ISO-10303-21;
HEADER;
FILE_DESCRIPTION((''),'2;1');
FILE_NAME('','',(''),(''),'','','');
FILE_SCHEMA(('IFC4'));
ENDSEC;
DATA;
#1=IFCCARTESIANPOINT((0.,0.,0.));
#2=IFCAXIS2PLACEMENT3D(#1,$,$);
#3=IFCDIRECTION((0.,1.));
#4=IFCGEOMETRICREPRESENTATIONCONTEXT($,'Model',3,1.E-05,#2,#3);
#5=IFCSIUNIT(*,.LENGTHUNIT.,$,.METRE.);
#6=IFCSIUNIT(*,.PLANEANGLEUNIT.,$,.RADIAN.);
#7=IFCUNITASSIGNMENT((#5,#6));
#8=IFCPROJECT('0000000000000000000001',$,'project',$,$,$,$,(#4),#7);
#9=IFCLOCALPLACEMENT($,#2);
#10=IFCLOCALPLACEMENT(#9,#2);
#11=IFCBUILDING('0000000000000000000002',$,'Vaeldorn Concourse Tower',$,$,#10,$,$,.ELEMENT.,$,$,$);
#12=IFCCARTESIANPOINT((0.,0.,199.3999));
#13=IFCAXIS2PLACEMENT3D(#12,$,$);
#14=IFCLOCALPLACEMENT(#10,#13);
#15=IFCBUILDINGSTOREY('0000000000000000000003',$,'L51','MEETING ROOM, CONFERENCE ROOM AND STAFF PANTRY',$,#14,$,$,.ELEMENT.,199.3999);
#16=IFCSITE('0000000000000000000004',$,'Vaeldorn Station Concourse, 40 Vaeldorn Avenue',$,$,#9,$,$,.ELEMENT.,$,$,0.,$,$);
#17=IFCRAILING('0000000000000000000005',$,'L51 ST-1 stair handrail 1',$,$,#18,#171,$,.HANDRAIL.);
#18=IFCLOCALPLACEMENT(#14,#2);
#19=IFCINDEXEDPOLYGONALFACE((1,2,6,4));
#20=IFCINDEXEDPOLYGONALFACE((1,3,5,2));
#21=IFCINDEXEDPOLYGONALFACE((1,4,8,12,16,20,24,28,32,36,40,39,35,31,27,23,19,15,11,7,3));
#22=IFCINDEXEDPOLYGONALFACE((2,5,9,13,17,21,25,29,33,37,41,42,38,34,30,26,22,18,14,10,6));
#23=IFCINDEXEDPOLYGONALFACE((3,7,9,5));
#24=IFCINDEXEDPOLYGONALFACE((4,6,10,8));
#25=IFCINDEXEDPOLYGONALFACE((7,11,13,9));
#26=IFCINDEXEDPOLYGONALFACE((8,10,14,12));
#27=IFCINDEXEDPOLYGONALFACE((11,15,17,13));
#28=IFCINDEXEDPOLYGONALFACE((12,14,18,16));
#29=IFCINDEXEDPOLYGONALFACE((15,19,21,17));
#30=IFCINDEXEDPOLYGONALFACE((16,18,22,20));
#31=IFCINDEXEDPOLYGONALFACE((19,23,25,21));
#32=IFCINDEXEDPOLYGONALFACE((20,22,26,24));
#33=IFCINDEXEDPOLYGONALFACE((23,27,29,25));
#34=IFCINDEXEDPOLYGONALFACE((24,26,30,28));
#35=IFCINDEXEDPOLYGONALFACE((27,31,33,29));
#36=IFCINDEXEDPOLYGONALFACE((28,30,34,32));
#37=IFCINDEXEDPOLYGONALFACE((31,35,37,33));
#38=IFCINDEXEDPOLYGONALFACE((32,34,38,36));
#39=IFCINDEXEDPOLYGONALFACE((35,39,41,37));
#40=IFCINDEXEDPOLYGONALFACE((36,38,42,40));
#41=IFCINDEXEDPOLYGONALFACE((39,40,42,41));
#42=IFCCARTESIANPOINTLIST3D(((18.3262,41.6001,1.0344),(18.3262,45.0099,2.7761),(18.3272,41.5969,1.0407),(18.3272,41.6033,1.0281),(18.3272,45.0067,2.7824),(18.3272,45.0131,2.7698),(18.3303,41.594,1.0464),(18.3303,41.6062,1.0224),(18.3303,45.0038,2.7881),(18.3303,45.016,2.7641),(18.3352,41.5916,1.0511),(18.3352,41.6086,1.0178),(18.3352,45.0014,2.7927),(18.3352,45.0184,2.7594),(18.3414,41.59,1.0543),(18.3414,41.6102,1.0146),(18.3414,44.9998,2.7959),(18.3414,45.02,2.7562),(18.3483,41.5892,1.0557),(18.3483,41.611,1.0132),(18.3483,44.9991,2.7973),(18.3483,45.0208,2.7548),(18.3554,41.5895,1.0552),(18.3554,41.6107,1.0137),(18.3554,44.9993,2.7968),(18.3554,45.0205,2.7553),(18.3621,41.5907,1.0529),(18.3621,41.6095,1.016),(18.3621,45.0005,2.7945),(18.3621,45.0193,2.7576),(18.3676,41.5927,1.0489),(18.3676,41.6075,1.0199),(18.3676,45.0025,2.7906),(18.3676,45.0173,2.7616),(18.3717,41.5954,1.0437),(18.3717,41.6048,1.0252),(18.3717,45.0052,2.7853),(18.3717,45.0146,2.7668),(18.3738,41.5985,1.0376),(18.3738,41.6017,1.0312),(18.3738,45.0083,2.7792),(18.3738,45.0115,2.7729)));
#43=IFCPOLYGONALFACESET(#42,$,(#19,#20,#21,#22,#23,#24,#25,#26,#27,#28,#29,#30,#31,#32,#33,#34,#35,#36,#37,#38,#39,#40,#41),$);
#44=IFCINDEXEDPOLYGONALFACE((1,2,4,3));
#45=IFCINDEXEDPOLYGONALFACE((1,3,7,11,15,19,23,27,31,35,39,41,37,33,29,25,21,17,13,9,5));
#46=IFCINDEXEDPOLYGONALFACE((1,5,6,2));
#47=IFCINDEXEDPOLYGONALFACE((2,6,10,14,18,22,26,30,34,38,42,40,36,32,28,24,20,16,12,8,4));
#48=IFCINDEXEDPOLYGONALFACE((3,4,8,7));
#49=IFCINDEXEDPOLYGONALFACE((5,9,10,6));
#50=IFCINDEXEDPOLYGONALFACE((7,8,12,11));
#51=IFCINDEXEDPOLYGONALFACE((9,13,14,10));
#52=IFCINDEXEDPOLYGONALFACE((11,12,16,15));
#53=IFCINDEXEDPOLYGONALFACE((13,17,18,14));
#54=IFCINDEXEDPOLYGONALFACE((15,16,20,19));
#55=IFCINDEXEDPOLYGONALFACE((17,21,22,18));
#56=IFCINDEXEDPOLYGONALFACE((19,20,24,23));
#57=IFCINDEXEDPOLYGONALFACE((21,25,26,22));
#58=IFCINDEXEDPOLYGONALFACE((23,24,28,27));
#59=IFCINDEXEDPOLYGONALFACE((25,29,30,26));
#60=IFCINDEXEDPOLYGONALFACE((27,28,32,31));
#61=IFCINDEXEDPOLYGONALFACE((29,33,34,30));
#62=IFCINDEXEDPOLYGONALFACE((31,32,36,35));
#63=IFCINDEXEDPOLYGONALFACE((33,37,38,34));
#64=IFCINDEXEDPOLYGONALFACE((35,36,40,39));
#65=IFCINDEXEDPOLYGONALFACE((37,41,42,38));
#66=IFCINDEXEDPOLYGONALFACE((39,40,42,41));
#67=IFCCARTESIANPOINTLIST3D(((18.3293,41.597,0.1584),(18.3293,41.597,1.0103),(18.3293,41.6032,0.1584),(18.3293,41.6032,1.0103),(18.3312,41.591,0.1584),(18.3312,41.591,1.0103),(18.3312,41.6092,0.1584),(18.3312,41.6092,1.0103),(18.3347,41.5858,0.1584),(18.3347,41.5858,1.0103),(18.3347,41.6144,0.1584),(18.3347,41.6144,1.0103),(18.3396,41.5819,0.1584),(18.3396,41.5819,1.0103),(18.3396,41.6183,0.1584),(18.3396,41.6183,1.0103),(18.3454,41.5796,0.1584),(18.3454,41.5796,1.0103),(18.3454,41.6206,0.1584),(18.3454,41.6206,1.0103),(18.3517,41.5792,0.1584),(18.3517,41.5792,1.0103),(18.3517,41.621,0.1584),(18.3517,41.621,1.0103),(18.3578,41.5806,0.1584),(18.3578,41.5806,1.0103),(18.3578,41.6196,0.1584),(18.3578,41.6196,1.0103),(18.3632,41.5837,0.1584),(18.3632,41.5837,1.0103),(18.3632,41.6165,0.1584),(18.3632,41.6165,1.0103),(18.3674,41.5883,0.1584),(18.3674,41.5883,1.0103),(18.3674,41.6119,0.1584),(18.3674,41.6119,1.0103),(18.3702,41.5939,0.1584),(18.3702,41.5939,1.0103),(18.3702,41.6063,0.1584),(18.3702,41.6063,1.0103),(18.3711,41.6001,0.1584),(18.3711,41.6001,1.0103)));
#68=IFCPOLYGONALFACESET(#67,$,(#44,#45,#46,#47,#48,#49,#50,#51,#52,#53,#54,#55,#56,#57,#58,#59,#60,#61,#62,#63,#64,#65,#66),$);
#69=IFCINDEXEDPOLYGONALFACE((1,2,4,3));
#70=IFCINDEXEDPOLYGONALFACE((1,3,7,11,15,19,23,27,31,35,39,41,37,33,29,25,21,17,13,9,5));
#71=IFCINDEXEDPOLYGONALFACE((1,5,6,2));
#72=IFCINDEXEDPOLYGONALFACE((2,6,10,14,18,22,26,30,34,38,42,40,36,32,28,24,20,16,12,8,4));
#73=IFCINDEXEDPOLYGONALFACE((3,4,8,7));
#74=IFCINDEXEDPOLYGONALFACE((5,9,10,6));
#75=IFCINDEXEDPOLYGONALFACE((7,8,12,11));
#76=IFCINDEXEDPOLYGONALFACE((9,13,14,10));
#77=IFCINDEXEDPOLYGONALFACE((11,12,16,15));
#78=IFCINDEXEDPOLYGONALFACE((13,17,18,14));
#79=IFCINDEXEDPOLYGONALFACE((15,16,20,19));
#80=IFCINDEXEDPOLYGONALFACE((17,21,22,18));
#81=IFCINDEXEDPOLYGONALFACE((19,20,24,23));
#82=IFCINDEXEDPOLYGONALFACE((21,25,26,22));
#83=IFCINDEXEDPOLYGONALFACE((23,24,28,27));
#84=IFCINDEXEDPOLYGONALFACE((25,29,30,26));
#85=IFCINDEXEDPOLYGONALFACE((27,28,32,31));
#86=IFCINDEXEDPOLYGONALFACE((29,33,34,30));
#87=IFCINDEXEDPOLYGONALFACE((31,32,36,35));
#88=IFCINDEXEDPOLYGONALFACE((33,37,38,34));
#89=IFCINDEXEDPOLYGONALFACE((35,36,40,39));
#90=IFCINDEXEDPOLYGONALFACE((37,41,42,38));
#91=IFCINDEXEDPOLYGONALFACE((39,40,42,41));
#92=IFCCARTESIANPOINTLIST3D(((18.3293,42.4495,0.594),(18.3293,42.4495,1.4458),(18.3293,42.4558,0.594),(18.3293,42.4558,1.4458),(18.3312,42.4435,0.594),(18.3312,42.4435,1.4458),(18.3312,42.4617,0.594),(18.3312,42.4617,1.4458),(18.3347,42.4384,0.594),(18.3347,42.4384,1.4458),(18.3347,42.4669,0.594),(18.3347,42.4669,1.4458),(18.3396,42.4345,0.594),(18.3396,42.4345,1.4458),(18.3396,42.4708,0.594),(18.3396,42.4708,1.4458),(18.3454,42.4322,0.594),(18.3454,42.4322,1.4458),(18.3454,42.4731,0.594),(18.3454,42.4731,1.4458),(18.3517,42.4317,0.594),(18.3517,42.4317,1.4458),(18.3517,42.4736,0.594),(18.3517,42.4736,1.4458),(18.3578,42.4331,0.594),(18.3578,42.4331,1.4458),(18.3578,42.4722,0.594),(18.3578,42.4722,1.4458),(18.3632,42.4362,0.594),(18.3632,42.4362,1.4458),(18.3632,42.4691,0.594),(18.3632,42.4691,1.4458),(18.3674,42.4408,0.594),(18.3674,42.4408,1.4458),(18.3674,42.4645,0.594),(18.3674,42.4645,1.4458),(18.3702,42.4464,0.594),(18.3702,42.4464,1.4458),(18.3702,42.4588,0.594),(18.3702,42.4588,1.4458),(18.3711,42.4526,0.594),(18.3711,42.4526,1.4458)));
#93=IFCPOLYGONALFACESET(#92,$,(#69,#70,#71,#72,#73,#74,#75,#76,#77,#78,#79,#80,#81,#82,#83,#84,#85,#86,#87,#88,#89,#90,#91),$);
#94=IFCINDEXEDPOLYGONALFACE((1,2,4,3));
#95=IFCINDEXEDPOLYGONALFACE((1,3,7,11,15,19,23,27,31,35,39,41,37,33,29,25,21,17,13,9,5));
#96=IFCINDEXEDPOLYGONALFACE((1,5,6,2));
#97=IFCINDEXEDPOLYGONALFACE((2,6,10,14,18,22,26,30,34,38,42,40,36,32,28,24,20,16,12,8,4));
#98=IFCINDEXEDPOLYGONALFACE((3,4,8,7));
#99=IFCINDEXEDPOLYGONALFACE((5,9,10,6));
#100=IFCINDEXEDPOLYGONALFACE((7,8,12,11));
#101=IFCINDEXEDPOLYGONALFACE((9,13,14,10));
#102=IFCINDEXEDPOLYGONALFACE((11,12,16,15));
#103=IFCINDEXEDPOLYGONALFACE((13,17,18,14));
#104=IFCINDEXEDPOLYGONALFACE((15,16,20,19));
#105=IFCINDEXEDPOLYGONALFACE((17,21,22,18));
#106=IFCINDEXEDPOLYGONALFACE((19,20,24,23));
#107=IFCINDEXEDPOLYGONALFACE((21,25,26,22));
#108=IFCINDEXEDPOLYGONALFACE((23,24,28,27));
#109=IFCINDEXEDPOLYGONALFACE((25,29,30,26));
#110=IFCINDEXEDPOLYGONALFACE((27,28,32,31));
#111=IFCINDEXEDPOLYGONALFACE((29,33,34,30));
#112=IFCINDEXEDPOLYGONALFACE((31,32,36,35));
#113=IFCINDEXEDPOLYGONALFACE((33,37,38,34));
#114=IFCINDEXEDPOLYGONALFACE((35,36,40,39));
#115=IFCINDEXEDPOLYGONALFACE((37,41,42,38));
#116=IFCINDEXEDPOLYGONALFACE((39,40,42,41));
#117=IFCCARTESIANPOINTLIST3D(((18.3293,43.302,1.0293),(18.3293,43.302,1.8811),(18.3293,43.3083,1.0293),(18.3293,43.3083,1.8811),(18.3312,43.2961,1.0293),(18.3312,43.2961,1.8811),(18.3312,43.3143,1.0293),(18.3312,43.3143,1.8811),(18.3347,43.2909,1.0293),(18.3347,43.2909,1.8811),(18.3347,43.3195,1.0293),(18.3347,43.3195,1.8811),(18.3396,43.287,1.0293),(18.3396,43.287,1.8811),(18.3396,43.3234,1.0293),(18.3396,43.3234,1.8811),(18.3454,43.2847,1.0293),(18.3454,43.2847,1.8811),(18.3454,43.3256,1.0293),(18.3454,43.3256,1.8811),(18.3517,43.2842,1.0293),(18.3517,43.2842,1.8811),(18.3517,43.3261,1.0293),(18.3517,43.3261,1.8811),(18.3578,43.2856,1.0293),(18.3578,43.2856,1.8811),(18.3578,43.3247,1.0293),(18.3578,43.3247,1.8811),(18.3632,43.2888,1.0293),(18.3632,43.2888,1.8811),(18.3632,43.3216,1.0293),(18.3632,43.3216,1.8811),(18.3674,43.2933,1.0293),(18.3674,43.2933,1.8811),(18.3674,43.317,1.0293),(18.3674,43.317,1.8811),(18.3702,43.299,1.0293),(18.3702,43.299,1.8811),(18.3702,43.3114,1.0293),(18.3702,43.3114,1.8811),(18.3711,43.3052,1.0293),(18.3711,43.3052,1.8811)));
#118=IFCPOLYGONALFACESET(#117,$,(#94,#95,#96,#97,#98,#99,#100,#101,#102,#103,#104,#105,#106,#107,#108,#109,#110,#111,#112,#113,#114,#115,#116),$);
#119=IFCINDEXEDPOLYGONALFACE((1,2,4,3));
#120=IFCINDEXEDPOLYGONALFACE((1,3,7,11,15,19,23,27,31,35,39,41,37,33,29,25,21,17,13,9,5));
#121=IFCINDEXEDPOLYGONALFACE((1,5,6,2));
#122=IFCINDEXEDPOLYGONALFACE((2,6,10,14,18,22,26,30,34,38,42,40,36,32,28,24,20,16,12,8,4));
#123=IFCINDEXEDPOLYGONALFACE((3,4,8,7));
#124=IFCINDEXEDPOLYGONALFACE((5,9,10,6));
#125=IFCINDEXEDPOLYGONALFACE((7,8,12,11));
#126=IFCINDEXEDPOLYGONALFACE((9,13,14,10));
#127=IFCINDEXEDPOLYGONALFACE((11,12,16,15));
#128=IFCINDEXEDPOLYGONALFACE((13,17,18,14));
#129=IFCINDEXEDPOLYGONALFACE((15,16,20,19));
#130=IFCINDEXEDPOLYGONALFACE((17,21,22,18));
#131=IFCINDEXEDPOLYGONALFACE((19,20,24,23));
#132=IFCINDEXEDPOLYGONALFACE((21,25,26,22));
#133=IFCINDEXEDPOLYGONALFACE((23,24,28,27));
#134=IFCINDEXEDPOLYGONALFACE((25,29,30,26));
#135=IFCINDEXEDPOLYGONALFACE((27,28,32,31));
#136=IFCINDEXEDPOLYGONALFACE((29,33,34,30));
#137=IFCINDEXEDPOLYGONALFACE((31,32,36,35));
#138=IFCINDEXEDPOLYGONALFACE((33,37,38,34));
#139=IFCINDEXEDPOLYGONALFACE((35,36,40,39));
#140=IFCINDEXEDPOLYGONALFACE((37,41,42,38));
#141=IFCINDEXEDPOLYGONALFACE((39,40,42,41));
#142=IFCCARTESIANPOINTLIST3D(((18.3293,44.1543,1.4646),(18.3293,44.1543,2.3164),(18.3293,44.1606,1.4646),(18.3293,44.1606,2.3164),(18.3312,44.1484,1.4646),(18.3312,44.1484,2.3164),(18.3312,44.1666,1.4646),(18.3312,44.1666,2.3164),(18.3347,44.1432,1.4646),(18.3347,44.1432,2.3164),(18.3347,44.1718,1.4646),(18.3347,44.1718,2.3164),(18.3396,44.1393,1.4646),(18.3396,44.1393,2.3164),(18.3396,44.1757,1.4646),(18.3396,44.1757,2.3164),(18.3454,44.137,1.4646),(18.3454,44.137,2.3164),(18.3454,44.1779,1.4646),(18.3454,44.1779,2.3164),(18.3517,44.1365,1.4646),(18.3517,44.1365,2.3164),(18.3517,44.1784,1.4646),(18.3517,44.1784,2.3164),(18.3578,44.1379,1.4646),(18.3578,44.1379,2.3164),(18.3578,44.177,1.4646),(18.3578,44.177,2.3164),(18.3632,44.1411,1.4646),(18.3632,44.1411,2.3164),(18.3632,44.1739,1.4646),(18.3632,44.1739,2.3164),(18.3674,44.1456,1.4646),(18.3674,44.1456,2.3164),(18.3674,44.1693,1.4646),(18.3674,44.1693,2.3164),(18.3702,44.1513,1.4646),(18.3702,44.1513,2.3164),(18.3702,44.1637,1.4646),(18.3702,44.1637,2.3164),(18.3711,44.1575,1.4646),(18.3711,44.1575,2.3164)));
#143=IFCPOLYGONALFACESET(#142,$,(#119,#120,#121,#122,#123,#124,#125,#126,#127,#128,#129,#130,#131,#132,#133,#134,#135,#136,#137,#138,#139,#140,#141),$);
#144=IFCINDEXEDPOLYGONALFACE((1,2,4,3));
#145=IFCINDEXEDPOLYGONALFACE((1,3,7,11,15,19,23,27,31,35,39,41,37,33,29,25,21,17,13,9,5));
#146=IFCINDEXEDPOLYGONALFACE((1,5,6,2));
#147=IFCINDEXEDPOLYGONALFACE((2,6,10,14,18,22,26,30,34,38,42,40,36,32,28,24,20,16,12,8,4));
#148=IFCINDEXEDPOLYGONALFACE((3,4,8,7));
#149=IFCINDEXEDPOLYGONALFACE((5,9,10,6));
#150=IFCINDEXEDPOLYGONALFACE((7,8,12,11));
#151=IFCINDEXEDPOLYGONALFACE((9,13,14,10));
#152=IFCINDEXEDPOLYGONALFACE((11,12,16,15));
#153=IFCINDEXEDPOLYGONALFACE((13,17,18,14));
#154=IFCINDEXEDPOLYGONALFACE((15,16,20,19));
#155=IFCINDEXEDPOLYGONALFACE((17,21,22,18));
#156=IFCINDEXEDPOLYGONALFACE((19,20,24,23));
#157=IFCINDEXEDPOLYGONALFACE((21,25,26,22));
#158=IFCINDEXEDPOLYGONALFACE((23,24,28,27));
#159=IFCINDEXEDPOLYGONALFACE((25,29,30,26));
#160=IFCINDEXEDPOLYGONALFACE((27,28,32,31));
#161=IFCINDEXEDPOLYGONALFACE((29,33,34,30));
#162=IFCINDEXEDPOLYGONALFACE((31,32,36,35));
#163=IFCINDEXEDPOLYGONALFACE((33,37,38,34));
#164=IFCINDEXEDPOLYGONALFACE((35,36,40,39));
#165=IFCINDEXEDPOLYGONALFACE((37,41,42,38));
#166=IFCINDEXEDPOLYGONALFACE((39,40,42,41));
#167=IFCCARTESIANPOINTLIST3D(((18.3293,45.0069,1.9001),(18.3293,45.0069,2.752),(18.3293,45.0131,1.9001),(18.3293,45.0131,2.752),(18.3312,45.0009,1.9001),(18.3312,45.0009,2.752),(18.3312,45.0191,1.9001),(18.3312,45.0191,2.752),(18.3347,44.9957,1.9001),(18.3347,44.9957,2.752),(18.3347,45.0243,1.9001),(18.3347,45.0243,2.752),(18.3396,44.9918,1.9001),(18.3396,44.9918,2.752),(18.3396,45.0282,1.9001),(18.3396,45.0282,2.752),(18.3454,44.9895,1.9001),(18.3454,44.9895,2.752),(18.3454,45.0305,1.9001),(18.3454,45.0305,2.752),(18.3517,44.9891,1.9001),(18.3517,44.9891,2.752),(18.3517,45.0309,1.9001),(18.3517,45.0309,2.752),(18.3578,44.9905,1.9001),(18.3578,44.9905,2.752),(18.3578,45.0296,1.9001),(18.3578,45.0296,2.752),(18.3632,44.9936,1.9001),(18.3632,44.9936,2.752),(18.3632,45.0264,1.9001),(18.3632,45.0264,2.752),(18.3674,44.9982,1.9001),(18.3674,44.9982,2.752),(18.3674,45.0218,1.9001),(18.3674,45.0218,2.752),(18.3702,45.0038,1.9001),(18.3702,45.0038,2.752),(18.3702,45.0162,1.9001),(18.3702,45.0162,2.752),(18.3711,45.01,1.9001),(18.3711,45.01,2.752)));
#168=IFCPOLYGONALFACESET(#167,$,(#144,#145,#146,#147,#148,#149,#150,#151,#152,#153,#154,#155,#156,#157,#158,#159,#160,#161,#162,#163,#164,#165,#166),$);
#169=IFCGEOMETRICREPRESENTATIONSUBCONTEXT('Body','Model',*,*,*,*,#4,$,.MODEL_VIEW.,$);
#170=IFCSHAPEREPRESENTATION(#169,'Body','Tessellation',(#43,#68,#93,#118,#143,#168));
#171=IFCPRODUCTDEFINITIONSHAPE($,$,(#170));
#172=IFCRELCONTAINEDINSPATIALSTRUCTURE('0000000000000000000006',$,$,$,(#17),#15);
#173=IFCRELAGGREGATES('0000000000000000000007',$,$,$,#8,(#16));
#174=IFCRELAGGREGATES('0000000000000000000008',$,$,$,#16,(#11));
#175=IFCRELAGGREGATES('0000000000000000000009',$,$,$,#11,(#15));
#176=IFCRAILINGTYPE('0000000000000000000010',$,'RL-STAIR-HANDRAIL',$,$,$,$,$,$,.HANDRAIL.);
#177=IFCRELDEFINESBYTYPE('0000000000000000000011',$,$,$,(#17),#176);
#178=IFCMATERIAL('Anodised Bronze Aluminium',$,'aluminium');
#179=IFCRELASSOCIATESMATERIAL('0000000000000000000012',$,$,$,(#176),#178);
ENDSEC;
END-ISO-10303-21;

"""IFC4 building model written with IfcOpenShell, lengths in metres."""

from ifc_helpers import new_model, si_unit, direction, frame, origin, origin_2d, place, context, subcontext, project, spatial, circle, extrude, material, type_object, element, save


model = new_model("IFC4")

# Units and contexts
model_context = context("Model", 3, precision=1e-05, world=origin(), true_north=direction((0.0, 1.0)))
body_context = subcontext(model_context, "Body", "Model", "MODEL_VIEW")
ifc_project = project(units=[si_unit("LENGTHUNIT", "METRE"), si_unit("PLANEANGLEUNIT", "RADIAN")], contexts=[model_context])

# Site, building, storey
site_placement = place(None, origin())
site = spatial("IfcSite", under=ifc_project, at=site_placement, Name="Vaeldorn Station Concourse, 40 Vaeldorn Avenue", CompositionType="ELEMENT", RefElevation=0.0)
building_placement = place(site_placement, origin())
building = spatial("IfcBuilding", under=site, at=building_placement, Name="Vaeldorn Concourse Tower", CompositionType="ELEMENT")
storey_placement = place(building_placement, frame((0.0, 0.0, 199.3999)))
storey = spatial("IfcBuildingStorey", under=building, at=storey_placement, Name="L51", Description="MEETING ROOM, CONFERENCE ROOM AND STAFF PANTRY", CompositionType="ELEMENT", Elevation=199.3999)

# Shared definitions
ifc_material_1 = material(Name="Anodised Bronze Aluminium", Category="aluminium")

# Railing
railing_type_1 = type_object("IfcRailingType", Name="RL-STAIR-HANDRAIL", PredefinedType="HANDRAIL", material=ifc_material_1)
railing_1_placement = place(storey_placement, frame((18.3501, 41.6001, 0.1584)))
element("IfcRailing", 1, at=railing_1_placement, inside=storey, type_object=railing_type_1, Name="L51 ST-1 stair handrail 1", PredefinedType="HANDRAIL", context=body_context, shape_type="SweptSolid", body=[
    extrude(circle(Radius=0.0239, at=origin_2d()), frame((0.0, 0.0, 0.876), z_axis=(0.0, 0.890556, 0.454874), x_axis=(-1.0, 0.0, 0.0)), (0.0, 0.0, 1.0), 3.8289),
    extrude(circle(Radius=0.021, at=origin_2d()), origin(), (0.0, 0.0, 1.0), 0.8518),
    extrude(circle(Radius=0.021, at=origin_2d()), frame((0.0, 0.8525, 0.4355)), (0.0, 0.0, 1.0), 0.8518),
    extrude(circle(Radius=0.021, at=origin_2d()), frame((0.0, 1.7051, 0.8708)), (0.0, 0.0, 1.0), 0.8518),
    extrude(circle(Radius=0.021, at=origin_2d()), frame((0.0, 2.5574, 1.3062)), (0.0, 0.0, 1.0), 0.8518),
    extrude(circle(Radius=0.021, at=origin_2d()), frame((0.0, 3.4099, 1.7417)), (0.0, 0.0, 1.0), 0.8518),
])

save(model, "model.ifc")
